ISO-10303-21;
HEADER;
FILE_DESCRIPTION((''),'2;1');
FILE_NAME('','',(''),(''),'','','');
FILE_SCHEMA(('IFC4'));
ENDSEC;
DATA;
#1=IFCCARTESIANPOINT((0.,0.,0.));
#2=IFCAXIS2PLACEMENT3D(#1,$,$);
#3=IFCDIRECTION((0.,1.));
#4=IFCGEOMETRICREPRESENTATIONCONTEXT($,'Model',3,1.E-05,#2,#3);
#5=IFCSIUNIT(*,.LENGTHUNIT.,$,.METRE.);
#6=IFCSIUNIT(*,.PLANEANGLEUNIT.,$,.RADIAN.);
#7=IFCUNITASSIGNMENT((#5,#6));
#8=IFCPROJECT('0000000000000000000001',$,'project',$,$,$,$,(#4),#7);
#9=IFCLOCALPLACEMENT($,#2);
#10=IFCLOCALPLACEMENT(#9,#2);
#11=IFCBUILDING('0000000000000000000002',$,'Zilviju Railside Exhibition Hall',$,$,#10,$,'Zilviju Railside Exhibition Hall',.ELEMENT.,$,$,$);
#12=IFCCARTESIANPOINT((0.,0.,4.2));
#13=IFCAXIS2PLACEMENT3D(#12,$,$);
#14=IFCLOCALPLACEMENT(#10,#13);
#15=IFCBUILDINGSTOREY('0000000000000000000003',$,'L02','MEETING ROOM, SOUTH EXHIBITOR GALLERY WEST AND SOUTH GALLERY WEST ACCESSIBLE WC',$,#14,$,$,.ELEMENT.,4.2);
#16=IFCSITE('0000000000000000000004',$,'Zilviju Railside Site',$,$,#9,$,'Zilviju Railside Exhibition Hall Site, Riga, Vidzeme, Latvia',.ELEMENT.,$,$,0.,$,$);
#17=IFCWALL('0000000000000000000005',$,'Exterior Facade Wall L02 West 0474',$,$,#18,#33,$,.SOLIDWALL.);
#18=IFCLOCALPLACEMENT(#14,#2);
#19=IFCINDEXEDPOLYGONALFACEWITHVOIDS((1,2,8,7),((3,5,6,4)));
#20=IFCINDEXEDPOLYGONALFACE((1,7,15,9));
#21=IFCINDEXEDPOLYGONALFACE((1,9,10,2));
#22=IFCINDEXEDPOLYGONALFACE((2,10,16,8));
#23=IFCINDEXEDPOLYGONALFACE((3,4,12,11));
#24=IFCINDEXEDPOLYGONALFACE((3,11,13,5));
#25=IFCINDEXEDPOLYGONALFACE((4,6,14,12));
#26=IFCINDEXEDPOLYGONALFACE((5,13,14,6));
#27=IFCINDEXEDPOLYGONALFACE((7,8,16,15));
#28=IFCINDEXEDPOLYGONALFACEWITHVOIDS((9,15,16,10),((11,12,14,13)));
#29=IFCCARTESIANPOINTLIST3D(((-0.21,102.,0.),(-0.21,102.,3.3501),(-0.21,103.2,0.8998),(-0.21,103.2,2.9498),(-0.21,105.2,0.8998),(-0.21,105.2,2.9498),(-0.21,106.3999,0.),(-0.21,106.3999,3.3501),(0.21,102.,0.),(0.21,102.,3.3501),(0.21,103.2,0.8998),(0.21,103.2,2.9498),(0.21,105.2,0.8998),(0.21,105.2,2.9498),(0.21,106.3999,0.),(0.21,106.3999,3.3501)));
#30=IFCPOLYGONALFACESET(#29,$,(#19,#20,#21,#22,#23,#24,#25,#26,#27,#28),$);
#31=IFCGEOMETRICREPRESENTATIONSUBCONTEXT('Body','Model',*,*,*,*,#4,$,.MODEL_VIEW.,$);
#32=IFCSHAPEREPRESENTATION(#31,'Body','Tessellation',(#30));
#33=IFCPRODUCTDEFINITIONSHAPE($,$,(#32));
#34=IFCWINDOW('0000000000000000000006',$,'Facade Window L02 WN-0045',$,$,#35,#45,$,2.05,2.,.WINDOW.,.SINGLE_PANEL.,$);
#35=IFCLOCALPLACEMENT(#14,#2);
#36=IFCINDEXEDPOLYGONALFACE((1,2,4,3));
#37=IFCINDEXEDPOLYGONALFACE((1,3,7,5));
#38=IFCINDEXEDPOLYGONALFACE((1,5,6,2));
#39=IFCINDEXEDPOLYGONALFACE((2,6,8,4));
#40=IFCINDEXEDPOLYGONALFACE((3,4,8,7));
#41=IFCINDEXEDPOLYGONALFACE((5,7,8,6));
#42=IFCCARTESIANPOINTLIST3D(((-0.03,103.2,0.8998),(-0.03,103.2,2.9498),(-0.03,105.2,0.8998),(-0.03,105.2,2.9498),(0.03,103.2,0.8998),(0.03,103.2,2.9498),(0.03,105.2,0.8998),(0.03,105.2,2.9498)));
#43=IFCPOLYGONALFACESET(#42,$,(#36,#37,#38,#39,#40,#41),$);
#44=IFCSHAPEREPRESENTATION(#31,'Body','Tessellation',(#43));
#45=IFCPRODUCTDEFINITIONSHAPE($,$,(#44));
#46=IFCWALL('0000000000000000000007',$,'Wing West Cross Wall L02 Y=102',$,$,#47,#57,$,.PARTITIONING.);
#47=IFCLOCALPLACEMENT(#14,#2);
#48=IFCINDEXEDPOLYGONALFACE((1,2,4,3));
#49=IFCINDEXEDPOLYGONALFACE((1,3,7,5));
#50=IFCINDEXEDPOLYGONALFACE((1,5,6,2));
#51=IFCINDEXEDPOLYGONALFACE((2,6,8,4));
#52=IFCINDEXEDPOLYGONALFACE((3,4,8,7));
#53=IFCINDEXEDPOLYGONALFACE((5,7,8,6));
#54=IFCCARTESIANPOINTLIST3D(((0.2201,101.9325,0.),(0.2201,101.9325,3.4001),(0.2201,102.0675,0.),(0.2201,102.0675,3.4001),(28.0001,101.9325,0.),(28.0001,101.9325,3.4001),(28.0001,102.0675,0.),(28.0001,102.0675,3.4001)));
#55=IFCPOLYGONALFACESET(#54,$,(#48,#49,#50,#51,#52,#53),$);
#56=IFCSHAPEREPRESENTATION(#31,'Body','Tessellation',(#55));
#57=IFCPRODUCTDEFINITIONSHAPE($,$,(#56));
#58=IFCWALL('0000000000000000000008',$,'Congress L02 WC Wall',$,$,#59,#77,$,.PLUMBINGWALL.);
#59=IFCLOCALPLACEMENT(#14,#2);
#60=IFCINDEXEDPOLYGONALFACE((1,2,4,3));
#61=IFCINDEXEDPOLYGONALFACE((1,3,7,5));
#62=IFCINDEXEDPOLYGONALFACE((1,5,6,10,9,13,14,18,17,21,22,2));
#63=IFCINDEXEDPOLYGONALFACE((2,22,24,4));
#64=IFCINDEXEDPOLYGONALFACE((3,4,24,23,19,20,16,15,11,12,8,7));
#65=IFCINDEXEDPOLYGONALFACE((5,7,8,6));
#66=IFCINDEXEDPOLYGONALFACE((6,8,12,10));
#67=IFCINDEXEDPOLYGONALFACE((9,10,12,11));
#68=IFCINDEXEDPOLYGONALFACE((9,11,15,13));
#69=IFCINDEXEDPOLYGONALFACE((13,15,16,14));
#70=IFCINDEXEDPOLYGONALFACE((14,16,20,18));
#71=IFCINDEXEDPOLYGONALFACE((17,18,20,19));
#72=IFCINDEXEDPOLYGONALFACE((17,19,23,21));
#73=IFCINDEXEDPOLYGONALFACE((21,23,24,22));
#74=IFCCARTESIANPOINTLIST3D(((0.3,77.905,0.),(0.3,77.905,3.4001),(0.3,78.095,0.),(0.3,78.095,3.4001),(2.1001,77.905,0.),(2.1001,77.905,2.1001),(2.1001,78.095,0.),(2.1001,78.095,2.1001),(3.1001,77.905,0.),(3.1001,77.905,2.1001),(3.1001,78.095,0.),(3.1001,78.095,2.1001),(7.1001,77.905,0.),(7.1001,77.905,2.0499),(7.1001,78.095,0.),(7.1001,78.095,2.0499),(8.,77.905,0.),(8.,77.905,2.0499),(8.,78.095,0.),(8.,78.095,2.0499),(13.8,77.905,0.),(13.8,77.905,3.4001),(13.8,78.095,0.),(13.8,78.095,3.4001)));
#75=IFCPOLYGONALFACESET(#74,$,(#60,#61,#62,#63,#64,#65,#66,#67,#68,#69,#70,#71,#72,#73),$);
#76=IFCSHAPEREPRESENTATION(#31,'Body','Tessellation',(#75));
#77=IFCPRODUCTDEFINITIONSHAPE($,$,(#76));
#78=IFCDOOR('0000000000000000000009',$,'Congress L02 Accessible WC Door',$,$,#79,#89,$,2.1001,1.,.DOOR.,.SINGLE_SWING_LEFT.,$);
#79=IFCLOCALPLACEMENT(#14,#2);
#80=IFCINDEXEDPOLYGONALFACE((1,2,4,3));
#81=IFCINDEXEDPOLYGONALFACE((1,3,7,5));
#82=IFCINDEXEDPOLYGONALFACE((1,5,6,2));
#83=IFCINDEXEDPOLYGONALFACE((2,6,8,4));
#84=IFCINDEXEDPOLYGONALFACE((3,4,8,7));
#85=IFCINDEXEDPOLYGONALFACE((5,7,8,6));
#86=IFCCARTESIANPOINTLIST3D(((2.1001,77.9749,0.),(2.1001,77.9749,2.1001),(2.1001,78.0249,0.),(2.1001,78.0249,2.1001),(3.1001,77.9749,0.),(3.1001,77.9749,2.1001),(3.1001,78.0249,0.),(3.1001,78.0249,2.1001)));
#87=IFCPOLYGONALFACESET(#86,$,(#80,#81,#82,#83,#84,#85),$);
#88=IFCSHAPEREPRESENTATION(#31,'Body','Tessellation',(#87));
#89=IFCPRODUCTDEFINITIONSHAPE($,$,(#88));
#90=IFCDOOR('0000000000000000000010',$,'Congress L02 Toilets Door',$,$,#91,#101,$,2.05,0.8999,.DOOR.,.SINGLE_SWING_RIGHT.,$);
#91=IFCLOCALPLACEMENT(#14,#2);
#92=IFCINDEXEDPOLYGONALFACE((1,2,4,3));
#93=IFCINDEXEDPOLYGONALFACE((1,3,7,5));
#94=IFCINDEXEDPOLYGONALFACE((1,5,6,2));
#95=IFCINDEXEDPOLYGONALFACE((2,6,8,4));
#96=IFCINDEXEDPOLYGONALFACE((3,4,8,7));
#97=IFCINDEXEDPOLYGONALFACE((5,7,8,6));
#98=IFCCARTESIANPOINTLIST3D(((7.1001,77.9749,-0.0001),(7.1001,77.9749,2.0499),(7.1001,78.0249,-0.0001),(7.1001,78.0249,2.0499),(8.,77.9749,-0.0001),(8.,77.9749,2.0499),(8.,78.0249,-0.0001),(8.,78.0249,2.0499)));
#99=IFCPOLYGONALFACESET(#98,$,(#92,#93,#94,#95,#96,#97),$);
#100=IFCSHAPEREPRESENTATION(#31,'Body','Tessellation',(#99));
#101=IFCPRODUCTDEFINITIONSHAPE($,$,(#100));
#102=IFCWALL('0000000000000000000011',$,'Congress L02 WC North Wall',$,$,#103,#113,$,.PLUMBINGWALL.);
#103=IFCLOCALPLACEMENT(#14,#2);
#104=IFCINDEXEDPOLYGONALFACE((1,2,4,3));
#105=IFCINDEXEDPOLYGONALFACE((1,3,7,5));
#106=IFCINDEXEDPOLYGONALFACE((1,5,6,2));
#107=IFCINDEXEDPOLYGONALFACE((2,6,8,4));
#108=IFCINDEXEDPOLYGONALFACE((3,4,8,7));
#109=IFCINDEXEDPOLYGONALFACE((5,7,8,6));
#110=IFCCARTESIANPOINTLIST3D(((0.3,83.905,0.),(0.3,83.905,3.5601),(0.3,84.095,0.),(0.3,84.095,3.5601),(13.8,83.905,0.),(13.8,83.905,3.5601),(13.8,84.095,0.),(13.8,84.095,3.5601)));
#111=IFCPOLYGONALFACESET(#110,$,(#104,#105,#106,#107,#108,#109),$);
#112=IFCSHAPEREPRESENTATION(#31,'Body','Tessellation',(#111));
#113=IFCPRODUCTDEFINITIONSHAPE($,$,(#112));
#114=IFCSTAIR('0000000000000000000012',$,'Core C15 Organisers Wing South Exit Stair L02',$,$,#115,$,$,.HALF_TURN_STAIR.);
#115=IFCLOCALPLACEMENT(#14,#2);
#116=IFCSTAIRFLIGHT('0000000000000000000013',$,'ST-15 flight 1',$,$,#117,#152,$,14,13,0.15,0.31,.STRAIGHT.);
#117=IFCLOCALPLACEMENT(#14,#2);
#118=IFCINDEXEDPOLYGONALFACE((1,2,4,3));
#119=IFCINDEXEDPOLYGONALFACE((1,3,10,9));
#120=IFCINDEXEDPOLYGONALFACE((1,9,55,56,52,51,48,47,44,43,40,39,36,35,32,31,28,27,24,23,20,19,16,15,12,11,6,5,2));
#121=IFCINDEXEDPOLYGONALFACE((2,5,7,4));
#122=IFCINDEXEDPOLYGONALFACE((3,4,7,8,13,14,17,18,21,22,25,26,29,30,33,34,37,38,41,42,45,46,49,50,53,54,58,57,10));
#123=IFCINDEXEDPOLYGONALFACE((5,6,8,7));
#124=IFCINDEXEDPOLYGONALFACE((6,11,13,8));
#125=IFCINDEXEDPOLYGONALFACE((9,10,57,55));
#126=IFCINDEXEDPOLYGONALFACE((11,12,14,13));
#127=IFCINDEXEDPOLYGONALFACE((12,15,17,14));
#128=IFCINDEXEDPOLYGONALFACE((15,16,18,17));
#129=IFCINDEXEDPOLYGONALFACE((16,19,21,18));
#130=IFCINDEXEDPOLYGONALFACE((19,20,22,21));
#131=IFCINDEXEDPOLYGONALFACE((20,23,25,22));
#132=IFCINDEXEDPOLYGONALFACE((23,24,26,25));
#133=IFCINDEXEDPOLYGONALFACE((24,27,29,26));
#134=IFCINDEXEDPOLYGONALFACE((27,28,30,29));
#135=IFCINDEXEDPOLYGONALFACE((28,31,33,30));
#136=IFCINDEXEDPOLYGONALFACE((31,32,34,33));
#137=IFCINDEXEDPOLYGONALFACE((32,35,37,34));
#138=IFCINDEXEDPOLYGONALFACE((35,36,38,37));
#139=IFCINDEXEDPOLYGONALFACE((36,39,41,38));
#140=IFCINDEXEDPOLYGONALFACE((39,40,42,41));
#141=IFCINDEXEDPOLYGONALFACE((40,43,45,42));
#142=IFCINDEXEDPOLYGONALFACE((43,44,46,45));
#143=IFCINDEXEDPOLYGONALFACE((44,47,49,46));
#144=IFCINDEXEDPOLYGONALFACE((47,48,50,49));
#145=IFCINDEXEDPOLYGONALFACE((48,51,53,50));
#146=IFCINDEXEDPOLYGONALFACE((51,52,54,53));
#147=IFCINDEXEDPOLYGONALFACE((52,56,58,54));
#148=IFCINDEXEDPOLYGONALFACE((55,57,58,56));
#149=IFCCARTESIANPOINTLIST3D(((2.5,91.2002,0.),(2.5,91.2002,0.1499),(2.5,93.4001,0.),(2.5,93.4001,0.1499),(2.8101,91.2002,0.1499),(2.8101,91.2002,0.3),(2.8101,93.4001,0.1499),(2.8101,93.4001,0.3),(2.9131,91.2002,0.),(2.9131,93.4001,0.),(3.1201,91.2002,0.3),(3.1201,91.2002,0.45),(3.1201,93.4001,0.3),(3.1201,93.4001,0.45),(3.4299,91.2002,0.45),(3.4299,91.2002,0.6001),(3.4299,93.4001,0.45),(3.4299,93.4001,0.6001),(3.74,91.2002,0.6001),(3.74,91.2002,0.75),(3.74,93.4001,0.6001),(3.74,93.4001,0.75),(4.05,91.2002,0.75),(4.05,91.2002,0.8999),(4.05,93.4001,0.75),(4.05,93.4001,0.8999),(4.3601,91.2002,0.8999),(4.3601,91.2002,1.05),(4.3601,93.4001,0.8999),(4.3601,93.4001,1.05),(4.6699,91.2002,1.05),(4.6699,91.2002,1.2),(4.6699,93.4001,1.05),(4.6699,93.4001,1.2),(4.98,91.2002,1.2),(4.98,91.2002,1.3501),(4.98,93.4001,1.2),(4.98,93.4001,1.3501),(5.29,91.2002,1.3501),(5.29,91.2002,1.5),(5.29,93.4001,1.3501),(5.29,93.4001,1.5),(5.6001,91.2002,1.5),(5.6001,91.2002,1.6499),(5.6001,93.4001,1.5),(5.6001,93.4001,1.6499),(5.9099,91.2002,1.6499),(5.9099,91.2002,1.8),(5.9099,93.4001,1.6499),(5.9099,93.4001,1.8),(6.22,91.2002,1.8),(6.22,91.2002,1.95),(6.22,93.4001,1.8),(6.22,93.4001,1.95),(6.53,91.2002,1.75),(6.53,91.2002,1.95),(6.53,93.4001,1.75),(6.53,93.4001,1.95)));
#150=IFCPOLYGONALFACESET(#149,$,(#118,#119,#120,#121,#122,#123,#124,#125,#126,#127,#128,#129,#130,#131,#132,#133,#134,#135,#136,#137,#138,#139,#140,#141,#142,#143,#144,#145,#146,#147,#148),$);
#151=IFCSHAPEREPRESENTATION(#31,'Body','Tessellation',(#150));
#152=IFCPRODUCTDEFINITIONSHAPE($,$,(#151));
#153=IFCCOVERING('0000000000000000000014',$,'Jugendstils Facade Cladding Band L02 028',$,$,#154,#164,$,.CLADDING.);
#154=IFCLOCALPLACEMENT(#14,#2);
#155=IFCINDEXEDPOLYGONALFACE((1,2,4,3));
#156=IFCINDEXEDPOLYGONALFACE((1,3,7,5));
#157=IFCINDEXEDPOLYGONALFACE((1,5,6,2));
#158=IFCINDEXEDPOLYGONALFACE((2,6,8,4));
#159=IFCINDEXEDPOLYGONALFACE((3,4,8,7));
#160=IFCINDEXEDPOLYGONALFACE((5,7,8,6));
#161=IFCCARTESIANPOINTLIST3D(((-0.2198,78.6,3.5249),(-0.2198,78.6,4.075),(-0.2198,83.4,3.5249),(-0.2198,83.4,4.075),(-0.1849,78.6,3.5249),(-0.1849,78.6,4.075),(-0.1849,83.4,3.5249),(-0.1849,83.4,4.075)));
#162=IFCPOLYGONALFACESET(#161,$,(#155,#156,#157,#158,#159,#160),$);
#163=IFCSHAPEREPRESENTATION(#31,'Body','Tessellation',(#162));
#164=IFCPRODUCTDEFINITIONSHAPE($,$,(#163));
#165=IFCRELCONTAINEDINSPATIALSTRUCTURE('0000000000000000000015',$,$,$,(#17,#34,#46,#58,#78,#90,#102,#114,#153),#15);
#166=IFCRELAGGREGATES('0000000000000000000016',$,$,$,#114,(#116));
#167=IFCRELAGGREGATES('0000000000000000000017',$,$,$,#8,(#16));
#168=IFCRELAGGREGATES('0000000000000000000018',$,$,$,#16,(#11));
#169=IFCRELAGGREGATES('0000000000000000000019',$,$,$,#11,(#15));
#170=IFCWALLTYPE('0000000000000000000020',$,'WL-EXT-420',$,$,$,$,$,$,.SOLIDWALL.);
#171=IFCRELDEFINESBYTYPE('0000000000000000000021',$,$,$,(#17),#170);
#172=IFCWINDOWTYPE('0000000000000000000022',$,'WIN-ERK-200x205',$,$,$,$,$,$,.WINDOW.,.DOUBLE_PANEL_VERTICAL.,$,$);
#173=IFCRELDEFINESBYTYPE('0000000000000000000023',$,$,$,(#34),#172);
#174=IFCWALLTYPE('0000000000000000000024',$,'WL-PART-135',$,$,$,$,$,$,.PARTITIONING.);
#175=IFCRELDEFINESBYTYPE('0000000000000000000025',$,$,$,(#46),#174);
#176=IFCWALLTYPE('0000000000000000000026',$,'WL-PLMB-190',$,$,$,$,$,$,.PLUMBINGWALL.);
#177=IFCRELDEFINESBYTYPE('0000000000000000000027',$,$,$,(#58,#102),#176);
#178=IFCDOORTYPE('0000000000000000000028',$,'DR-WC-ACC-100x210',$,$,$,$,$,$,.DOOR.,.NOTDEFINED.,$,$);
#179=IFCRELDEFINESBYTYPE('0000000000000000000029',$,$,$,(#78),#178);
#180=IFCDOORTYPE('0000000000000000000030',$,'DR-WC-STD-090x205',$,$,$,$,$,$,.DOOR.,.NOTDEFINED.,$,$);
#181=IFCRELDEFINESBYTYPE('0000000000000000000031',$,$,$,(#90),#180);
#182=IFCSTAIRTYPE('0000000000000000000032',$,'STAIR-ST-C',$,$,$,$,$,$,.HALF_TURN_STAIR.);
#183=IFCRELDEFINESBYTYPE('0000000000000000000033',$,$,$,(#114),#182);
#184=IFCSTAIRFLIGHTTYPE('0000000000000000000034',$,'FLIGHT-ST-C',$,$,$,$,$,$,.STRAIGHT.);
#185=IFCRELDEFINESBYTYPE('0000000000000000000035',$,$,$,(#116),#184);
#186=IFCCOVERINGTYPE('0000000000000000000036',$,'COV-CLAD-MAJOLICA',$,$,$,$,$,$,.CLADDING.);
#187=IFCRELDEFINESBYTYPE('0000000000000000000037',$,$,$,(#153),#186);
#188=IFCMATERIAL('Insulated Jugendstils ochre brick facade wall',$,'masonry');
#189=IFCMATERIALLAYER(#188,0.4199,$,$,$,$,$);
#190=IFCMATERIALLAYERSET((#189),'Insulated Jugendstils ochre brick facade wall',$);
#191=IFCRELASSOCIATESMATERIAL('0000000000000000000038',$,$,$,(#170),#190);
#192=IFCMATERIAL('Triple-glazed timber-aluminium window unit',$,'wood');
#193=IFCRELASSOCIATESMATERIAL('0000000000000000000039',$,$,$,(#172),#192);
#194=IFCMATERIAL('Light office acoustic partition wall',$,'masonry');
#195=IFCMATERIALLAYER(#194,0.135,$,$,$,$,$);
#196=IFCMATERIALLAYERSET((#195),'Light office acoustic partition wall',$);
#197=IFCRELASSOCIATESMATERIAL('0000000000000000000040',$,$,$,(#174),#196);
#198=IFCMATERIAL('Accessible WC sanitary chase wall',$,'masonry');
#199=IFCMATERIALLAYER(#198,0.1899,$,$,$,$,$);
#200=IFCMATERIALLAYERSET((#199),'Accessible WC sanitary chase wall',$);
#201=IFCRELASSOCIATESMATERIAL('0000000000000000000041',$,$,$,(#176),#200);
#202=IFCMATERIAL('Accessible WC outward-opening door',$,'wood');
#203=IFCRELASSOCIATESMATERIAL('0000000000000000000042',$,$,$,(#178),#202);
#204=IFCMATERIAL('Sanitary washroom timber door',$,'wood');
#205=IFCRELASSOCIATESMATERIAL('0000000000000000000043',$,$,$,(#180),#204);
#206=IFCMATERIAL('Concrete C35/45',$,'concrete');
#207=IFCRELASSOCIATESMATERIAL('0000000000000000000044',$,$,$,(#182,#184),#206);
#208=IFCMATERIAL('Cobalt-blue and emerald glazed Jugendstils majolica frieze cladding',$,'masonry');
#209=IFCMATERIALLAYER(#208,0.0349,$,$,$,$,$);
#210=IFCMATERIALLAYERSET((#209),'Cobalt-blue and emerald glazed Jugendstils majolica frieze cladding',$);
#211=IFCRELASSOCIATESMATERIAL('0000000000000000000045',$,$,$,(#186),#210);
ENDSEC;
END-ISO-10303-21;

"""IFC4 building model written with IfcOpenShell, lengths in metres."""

from ifc_helpers import new_model, si_unit, direction, frame, frame_2d, origin, origin_2d, place, context, subcontext, project, spatial, polyline, rectangle, outline, extrude, material, layer, layer_set, type_object, element, fill, aggregate, save


model = new_model("IFC4")

# Units and contexts
model_context = context("Model", 3, precision=1e-05, world=origin(), true_north=direction((0.0, 1.0)))
body_context = subcontext(model_context, "Body", "Model", "MODEL_VIEW")
ifc_project = project(units=[si_unit("LENGTHUNIT", "METRE"), si_unit("PLANEANGLEUNIT", "RADIAN")], contexts=[model_context])

# Site, building, storey
site_placement = place(None, origin())
site = spatial("IfcSite", under=ifc_project, at=site_placement, Name="Zilviju Railside Site", LongName="Zilviju Railside Exhibition Hall Site, Riga, Vidzeme, Latvia", CompositionType="ELEMENT", RefElevation=0.0)
building_placement = place(site_placement, origin())
building = spatial("IfcBuilding", under=site, at=building_placement, Name="Zilviju Railside Exhibition Hall", LongName="Zilviju Railside Exhibition Hall", CompositionType="ELEMENT")
storey_placement = place(building_placement, frame((0.0, 0.0, 4.2)))
storey = spatial("IfcBuildingStorey", under=building, at=storey_placement, Name="L02", Description="MEETING ROOM, SOUTH EXHIBITOR GALLERY WEST AND SOUTH GALLERY WEST ACCESSIBLE WC", CompositionType="ELEMENT", Elevation=4.2)

# Shared definitions
ifc_material_1 = material(Name="Concrete C35/45", Category="concrete")

# Wall, opening, window
ifc_material_2 = material(Name="Triple-glazed timber-aluminium window unit", Category="wood")
ifc_material_3 = material(Name="Insulated Jugendstils ochre brick facade wall", Category="masonry")
ifc_layer_1 = layer(ifc_material_3, 0.4199)
ifc_layer_set_1 = layer_set([ifc_layer_1], Name="Insulated Jugendstils ochre brick facade wall")
wall_type_1 = type_object("IfcWallType", Name="WL-EXT-420", PredefinedType="SOLIDWALL", material=ifc_layer_set_1)
window_type_1 = type_object("IfcWindowType", Name="WIN-ERK-200x205", PartitioningType="DOUBLE_PANEL_VERTICAL", PredefinedType="WINDOW", material=ifc_material_2)
wall_1_placement = place(storey_placement, frame((0.0, 102.0, 0.0), z_axis=(0.0, 0.0, 1.0), x_axis=(0.0, 1.0, 0.0)))
wall_1 = element("IfcWall", 1, at=wall_1_placement, inside=storey, type_object=wall_type_1, Name="Exterior Facade Wall L02 West 0474", PredefinedType="SOLIDWALL", context=body_context, shape_type="SweptSolid", body=[
    extrude(rectangle(XDim=4.3999, YDim=0.4199, at=frame_2d((2.2, 0.0))), origin(), (0.0, 0.0, 1.0), 3.3501),
])
opening_1_placement = place(wall_1_placement, frame((1.2, 0.0, 0.8999)))
opening_1 = element("IfcOpeningElement", 2, at=opening_1_placement, cuts=wall_1, PredefinedType="OPENING", context=body_context, shape_type="SweptSolid", body=[
    extrude(rectangle(XDim=2.0, YDim=2.05, at=frame_2d((1.0, 1.0249))), frame((0.0, 0.22, 0.0), z_axis=(0.0, -1.0, 0.0), x_axis=(1.0, 0.0, 0.0)), (0.0, 0.0, 1.0), 0.4399),
])
window_1_placement = place(opening_1_placement, origin())
window_1 = element("IfcWindow", 3, at=window_1_placement, inside=storey, type_object=window_type_1, Name="Facade Window L02 WN-0045", OverallHeight=2.05, OverallWidth=2.0, PartitioningType="SINGLE_PANEL", PredefinedType="WINDOW", context=body_context, shape_type="SweptSolid", body=[
    extrude(rectangle(XDim=2.0, YDim=2.05, at=frame_2d((1.0, 1.0249))), frame((0.0, 0.03, 0.0), z_axis=(0.0, -1.0, 0.0), x_axis=(1.0, 0.0, 0.0)), (0.0, 0.0, 1.0), 0.0601),
])
fill(opening_1, window_1)

# Wall
ifc_material_4 = material(Name="Light office acoustic partition wall", Category="masonry")
ifc_layer_2 = layer(ifc_material_4, 0.135)
ifc_layer_set_2 = layer_set([ifc_layer_2], Name="Light office acoustic partition wall")
wall_type_2 = type_object("IfcWallType", Name="WL-PART-135", PredefinedType="PARTITIONING", material=ifc_layer_set_2)
wall_2_placement = place(storey_placement, frame((0.22, 102.0, 0.0), z_axis=(0.0, 0.0, 1.0), x_axis=(1.0, 0.0, 0.0)))
element("IfcWall", 4, at=wall_2_placement, inside=storey, type_object=wall_type_2, Name="Wing West Cross Wall L02 Y=102", PredefinedType="PARTITIONING", context=body_context, shape_type="SweptSolid", body=[
    extrude(rectangle(XDim=27.78, YDim=0.135, at=frame_2d((13.8901, 0.0))), origin(), (0.0, 0.0, 1.0), 3.4001),
])

# Wall, openings, doors
ifc_material_5 = material(Name="Accessible WC sanitary chase wall", Category="masonry")
ifc_layer_3 = layer(ifc_material_5, 0.1899)
ifc_layer_set_3 = layer_set([ifc_layer_3], Name="Accessible WC sanitary chase wall")
wall_type_3 = type_object("IfcWallType", Name="WL-PLMB-190", PredefinedType="PLUMBINGWALL", material=ifc_layer_set_3)
wall_3_placement = place(storey_placement, frame((0.3, 78.0, 0.0), z_axis=(0.0, 0.0, 1.0), x_axis=(1.0, 0.0, 0.0)))
wall_3 = element("IfcWall", 5, at=wall_3_placement, inside=storey, type_object=wall_type_3, Name="Congress L02 WC Wall", PredefinedType="PLUMBINGWALL", context=body_context, shape_type="SweptSolid", body=[
    extrude(rectangle(XDim=13.5, YDim=0.1899, at=frame_2d((6.75, 0.0))), origin(), (0.0, 0.0, 1.0), 3.4001),
])
opening_2_placement = place(wall_3_placement, frame((1.8, 0.0, 0.0)))
opening_2 = element("IfcOpeningElement", 6, at=opening_2_placement, cuts=wall_3, PredefinedType="OPENING", context=body_context, shape_type="SweptSolid", body=[
    extrude(rectangle(XDim=1.0, YDim=2.1001, at=frame_2d((0.5, 1.05))), frame((0.0, 0.105, 0.0), z_axis=(0.0, -1.0, 0.0), x_axis=(1.0, 0.0, 0.0)), (0.0, 0.0, 1.0), 0.21),
])
opening_3_placement = place(wall_3_placement, frame((6.8, 0.0, 0.0)))
opening_3 = element("IfcOpeningElement", 7, at=opening_3_placement, cuts=wall_3, PredefinedType="OPENING", context=body_context, shape_type="SweptSolid", body=[
    extrude(rectangle(XDim=0.8999, YDim=2.05, at=frame_2d((0.45, 1.0249))), frame((0.0, 0.105, 0.0), z_axis=(0.0, -1.0, 0.0), x_axis=(1.0, 0.0, 0.0)), (0.0, 0.0, 1.0), 0.21),
])
ifc_material_6 = material(Name="Accessible WC outward-opening door", Category="wood")
door_type_1 = type_object("IfcDoorType", Name="DR-WC-ACC-100x210", OperationType="NOTDEFINED", PredefinedType="DOOR", material=ifc_material_6)
door_1_placement = place(opening_2_placement, origin())
door_1 = element("IfcDoor", 8, at=door_1_placement, inside=storey, type_object=door_type_1, Name="Congress L02 Accessible WC Door", OperationType="SINGLE_SWING_LEFT", OverallHeight=2.1001, OverallWidth=1.0, PredefinedType="DOOR", context=body_context, shape_type="SweptSolid", body=[
    extrude(rectangle(XDim=1.0, YDim=2.1001, at=frame_2d((0.5, 1.05))), frame((0.0, 0.0249, 0.0), z_axis=(0.0, -1.0, 0.0), x_axis=(1.0, 0.0, 0.0)), (0.0, 0.0, 1.0), 0.05),
])
fill(opening_2, door_1)
ifc_material_7 = material(Name="Sanitary washroom timber door", Category="wood")
door_type_2 = type_object("IfcDoorType", Name="DR-WC-STD-090x205", OperationType="NOTDEFINED", PredefinedType="DOOR", material=ifc_material_7)
door_2_placement = place(opening_3_placement, origin())
door_2 = element("IfcDoor", 9, at=door_2_placement, inside=storey, type_object=door_type_2, Name="Congress L02 Toilets Door", OperationType="SINGLE_SWING_RIGHT", OverallHeight=2.05, OverallWidth=0.8999, PredefinedType="DOOR", context=body_context, shape_type="SweptSolid", body=[
    extrude(rectangle(XDim=0.8999, YDim=2.05, at=frame_2d((0.45, 1.0249))), frame((0.0, 0.0249, 0.0), z_axis=(0.0, -1.0, 0.0), x_axis=(1.0, 0.0, 0.0)), (0.0, 0.0, 1.0), 0.05),
])
fill(opening_3, door_2)

# Wall
wall_4_placement = place(storey_placement, frame((0.3, 84.0, 0.0), z_axis=(0.0, 0.0, 1.0), x_axis=(1.0, 0.0, 0.0)))
element("IfcWall", 10, at=wall_4_placement, inside=storey, type_object=wall_type_3, Name="Congress L02 WC North Wall", PredefinedType="PLUMBINGWALL", context=body_context, shape_type="SweptSolid", body=[
    extrude(rectangle(XDim=13.5, YDim=0.1899, at=frame_2d((6.75, 0.0))), origin(), (0.0, 0.0, 1.0), 3.5601),
])

# Stair, stair flight
stair_type = type_object("IfcStairType", Name="STAIR-ST-C", PredefinedType="HALF_TURN_STAIR", material=ifc_material_1)
stair_placement = place(storey_placement, origin())
stair = element("IfcStair", 11, at=stair_placement, inside=storey, type_object=stair_type, Name="Core C15 Organisers Wing South Exit Stair L02", PredefinedType="HALF_TURN_STAIR")
stair_flight_type = type_object("IfcStairFlightType", Name="FLIGHT-ST-C", PredefinedType="STRAIGHT", material=ifc_material_1)
stair_flight_placement = place(storey_placement, frame((2.5, 92.3, 0.0), z_axis=(0.0, 0.0, 1.0), x_axis=(1.0, 0.0, 0.0)))
stair_flight = element("IfcStairFlight", 12, at=stair_flight_placement, type_object=stair_flight_type, Name="ST-15 flight 1", NumberOfRisers=14, NumberOfTreads=13, PredefinedType="STRAIGHT", RiserHeight=0.15, TreadLength=0.31, context=body_context, shape_type="SweptSolid", body=[
    extrude(outline(polyline([(0.0, 0.0), (0.0, 0.1499), (0.3101, 0.1499), (0.3101, 0.3), (0.6201, 0.3), (0.6201, 0.45), (0.9299, 0.45), (0.9299, 0.6001), (1.24, 0.6001), (1.24, 0.75), (1.55, 0.75), (1.55, 0.8999), (1.8601, 0.8999), (1.8601, 1.05), (2.1699, 1.05), (2.1699, 1.2), (2.48, 1.2), (2.48, 1.3501), (2.79, 1.3501), (2.79, 1.5), (3.1001, 1.5), (3.1001, 1.6499), (3.4099, 1.6499), (3.4099, 1.8), (3.72, 1.8), (3.72, 1.95), (4.03, 1.95), (4.03, 2.1001), (4.03, 1.75), (0.4131, 0.0), (0.0, 0.0)])), frame((0.0, 1.1001, 0.0), z_axis=(0.0, -1.0, 0.0), x_axis=(1.0, 0.0, 0.0)), (0.0, 0.0, 1.0), 2.2),
])
aggregate(stair, [stair_flight])

# Covering
ifc_material_8 = material(Name="Cobalt-blue and emerald glazed Jugendstils majolica frieze cladding", Category="masonry")
ifc_layer_4 = layer(ifc_material_8, 0.0349)
ifc_layer_set_4 = layer_set([ifc_layer_4], Name="Cobalt-blue and emerald glazed Jugendstils majolica frieze cladding")
covering_type = type_object("IfcCoveringType", Name="COV-CLAD-MAJOLICA", PredefinedType="CLADDING", material=ifc_layer_set_4)
covering_placement = place(storey_placement, frame((-0.2024, 81.0, 3.5249), z_axis=(0.0, 0.0, 1.0), x_axis=(0.0, 1.0, 0.0)))
element("IfcCovering", 13, at=covering_placement, inside=storey, type_object=covering_type, Name="Jugendstils Facade Cladding Band L02 028", PredefinedType="CLADDING", context=body_context, shape_type="SweptSolid", body=[
    extrude(rectangle(XDim=4.8, YDim=0.0349, at=origin_2d()), origin(), (0.0, 0.0, 1.0), 0.55),
])

save(model, "model.ifc")
